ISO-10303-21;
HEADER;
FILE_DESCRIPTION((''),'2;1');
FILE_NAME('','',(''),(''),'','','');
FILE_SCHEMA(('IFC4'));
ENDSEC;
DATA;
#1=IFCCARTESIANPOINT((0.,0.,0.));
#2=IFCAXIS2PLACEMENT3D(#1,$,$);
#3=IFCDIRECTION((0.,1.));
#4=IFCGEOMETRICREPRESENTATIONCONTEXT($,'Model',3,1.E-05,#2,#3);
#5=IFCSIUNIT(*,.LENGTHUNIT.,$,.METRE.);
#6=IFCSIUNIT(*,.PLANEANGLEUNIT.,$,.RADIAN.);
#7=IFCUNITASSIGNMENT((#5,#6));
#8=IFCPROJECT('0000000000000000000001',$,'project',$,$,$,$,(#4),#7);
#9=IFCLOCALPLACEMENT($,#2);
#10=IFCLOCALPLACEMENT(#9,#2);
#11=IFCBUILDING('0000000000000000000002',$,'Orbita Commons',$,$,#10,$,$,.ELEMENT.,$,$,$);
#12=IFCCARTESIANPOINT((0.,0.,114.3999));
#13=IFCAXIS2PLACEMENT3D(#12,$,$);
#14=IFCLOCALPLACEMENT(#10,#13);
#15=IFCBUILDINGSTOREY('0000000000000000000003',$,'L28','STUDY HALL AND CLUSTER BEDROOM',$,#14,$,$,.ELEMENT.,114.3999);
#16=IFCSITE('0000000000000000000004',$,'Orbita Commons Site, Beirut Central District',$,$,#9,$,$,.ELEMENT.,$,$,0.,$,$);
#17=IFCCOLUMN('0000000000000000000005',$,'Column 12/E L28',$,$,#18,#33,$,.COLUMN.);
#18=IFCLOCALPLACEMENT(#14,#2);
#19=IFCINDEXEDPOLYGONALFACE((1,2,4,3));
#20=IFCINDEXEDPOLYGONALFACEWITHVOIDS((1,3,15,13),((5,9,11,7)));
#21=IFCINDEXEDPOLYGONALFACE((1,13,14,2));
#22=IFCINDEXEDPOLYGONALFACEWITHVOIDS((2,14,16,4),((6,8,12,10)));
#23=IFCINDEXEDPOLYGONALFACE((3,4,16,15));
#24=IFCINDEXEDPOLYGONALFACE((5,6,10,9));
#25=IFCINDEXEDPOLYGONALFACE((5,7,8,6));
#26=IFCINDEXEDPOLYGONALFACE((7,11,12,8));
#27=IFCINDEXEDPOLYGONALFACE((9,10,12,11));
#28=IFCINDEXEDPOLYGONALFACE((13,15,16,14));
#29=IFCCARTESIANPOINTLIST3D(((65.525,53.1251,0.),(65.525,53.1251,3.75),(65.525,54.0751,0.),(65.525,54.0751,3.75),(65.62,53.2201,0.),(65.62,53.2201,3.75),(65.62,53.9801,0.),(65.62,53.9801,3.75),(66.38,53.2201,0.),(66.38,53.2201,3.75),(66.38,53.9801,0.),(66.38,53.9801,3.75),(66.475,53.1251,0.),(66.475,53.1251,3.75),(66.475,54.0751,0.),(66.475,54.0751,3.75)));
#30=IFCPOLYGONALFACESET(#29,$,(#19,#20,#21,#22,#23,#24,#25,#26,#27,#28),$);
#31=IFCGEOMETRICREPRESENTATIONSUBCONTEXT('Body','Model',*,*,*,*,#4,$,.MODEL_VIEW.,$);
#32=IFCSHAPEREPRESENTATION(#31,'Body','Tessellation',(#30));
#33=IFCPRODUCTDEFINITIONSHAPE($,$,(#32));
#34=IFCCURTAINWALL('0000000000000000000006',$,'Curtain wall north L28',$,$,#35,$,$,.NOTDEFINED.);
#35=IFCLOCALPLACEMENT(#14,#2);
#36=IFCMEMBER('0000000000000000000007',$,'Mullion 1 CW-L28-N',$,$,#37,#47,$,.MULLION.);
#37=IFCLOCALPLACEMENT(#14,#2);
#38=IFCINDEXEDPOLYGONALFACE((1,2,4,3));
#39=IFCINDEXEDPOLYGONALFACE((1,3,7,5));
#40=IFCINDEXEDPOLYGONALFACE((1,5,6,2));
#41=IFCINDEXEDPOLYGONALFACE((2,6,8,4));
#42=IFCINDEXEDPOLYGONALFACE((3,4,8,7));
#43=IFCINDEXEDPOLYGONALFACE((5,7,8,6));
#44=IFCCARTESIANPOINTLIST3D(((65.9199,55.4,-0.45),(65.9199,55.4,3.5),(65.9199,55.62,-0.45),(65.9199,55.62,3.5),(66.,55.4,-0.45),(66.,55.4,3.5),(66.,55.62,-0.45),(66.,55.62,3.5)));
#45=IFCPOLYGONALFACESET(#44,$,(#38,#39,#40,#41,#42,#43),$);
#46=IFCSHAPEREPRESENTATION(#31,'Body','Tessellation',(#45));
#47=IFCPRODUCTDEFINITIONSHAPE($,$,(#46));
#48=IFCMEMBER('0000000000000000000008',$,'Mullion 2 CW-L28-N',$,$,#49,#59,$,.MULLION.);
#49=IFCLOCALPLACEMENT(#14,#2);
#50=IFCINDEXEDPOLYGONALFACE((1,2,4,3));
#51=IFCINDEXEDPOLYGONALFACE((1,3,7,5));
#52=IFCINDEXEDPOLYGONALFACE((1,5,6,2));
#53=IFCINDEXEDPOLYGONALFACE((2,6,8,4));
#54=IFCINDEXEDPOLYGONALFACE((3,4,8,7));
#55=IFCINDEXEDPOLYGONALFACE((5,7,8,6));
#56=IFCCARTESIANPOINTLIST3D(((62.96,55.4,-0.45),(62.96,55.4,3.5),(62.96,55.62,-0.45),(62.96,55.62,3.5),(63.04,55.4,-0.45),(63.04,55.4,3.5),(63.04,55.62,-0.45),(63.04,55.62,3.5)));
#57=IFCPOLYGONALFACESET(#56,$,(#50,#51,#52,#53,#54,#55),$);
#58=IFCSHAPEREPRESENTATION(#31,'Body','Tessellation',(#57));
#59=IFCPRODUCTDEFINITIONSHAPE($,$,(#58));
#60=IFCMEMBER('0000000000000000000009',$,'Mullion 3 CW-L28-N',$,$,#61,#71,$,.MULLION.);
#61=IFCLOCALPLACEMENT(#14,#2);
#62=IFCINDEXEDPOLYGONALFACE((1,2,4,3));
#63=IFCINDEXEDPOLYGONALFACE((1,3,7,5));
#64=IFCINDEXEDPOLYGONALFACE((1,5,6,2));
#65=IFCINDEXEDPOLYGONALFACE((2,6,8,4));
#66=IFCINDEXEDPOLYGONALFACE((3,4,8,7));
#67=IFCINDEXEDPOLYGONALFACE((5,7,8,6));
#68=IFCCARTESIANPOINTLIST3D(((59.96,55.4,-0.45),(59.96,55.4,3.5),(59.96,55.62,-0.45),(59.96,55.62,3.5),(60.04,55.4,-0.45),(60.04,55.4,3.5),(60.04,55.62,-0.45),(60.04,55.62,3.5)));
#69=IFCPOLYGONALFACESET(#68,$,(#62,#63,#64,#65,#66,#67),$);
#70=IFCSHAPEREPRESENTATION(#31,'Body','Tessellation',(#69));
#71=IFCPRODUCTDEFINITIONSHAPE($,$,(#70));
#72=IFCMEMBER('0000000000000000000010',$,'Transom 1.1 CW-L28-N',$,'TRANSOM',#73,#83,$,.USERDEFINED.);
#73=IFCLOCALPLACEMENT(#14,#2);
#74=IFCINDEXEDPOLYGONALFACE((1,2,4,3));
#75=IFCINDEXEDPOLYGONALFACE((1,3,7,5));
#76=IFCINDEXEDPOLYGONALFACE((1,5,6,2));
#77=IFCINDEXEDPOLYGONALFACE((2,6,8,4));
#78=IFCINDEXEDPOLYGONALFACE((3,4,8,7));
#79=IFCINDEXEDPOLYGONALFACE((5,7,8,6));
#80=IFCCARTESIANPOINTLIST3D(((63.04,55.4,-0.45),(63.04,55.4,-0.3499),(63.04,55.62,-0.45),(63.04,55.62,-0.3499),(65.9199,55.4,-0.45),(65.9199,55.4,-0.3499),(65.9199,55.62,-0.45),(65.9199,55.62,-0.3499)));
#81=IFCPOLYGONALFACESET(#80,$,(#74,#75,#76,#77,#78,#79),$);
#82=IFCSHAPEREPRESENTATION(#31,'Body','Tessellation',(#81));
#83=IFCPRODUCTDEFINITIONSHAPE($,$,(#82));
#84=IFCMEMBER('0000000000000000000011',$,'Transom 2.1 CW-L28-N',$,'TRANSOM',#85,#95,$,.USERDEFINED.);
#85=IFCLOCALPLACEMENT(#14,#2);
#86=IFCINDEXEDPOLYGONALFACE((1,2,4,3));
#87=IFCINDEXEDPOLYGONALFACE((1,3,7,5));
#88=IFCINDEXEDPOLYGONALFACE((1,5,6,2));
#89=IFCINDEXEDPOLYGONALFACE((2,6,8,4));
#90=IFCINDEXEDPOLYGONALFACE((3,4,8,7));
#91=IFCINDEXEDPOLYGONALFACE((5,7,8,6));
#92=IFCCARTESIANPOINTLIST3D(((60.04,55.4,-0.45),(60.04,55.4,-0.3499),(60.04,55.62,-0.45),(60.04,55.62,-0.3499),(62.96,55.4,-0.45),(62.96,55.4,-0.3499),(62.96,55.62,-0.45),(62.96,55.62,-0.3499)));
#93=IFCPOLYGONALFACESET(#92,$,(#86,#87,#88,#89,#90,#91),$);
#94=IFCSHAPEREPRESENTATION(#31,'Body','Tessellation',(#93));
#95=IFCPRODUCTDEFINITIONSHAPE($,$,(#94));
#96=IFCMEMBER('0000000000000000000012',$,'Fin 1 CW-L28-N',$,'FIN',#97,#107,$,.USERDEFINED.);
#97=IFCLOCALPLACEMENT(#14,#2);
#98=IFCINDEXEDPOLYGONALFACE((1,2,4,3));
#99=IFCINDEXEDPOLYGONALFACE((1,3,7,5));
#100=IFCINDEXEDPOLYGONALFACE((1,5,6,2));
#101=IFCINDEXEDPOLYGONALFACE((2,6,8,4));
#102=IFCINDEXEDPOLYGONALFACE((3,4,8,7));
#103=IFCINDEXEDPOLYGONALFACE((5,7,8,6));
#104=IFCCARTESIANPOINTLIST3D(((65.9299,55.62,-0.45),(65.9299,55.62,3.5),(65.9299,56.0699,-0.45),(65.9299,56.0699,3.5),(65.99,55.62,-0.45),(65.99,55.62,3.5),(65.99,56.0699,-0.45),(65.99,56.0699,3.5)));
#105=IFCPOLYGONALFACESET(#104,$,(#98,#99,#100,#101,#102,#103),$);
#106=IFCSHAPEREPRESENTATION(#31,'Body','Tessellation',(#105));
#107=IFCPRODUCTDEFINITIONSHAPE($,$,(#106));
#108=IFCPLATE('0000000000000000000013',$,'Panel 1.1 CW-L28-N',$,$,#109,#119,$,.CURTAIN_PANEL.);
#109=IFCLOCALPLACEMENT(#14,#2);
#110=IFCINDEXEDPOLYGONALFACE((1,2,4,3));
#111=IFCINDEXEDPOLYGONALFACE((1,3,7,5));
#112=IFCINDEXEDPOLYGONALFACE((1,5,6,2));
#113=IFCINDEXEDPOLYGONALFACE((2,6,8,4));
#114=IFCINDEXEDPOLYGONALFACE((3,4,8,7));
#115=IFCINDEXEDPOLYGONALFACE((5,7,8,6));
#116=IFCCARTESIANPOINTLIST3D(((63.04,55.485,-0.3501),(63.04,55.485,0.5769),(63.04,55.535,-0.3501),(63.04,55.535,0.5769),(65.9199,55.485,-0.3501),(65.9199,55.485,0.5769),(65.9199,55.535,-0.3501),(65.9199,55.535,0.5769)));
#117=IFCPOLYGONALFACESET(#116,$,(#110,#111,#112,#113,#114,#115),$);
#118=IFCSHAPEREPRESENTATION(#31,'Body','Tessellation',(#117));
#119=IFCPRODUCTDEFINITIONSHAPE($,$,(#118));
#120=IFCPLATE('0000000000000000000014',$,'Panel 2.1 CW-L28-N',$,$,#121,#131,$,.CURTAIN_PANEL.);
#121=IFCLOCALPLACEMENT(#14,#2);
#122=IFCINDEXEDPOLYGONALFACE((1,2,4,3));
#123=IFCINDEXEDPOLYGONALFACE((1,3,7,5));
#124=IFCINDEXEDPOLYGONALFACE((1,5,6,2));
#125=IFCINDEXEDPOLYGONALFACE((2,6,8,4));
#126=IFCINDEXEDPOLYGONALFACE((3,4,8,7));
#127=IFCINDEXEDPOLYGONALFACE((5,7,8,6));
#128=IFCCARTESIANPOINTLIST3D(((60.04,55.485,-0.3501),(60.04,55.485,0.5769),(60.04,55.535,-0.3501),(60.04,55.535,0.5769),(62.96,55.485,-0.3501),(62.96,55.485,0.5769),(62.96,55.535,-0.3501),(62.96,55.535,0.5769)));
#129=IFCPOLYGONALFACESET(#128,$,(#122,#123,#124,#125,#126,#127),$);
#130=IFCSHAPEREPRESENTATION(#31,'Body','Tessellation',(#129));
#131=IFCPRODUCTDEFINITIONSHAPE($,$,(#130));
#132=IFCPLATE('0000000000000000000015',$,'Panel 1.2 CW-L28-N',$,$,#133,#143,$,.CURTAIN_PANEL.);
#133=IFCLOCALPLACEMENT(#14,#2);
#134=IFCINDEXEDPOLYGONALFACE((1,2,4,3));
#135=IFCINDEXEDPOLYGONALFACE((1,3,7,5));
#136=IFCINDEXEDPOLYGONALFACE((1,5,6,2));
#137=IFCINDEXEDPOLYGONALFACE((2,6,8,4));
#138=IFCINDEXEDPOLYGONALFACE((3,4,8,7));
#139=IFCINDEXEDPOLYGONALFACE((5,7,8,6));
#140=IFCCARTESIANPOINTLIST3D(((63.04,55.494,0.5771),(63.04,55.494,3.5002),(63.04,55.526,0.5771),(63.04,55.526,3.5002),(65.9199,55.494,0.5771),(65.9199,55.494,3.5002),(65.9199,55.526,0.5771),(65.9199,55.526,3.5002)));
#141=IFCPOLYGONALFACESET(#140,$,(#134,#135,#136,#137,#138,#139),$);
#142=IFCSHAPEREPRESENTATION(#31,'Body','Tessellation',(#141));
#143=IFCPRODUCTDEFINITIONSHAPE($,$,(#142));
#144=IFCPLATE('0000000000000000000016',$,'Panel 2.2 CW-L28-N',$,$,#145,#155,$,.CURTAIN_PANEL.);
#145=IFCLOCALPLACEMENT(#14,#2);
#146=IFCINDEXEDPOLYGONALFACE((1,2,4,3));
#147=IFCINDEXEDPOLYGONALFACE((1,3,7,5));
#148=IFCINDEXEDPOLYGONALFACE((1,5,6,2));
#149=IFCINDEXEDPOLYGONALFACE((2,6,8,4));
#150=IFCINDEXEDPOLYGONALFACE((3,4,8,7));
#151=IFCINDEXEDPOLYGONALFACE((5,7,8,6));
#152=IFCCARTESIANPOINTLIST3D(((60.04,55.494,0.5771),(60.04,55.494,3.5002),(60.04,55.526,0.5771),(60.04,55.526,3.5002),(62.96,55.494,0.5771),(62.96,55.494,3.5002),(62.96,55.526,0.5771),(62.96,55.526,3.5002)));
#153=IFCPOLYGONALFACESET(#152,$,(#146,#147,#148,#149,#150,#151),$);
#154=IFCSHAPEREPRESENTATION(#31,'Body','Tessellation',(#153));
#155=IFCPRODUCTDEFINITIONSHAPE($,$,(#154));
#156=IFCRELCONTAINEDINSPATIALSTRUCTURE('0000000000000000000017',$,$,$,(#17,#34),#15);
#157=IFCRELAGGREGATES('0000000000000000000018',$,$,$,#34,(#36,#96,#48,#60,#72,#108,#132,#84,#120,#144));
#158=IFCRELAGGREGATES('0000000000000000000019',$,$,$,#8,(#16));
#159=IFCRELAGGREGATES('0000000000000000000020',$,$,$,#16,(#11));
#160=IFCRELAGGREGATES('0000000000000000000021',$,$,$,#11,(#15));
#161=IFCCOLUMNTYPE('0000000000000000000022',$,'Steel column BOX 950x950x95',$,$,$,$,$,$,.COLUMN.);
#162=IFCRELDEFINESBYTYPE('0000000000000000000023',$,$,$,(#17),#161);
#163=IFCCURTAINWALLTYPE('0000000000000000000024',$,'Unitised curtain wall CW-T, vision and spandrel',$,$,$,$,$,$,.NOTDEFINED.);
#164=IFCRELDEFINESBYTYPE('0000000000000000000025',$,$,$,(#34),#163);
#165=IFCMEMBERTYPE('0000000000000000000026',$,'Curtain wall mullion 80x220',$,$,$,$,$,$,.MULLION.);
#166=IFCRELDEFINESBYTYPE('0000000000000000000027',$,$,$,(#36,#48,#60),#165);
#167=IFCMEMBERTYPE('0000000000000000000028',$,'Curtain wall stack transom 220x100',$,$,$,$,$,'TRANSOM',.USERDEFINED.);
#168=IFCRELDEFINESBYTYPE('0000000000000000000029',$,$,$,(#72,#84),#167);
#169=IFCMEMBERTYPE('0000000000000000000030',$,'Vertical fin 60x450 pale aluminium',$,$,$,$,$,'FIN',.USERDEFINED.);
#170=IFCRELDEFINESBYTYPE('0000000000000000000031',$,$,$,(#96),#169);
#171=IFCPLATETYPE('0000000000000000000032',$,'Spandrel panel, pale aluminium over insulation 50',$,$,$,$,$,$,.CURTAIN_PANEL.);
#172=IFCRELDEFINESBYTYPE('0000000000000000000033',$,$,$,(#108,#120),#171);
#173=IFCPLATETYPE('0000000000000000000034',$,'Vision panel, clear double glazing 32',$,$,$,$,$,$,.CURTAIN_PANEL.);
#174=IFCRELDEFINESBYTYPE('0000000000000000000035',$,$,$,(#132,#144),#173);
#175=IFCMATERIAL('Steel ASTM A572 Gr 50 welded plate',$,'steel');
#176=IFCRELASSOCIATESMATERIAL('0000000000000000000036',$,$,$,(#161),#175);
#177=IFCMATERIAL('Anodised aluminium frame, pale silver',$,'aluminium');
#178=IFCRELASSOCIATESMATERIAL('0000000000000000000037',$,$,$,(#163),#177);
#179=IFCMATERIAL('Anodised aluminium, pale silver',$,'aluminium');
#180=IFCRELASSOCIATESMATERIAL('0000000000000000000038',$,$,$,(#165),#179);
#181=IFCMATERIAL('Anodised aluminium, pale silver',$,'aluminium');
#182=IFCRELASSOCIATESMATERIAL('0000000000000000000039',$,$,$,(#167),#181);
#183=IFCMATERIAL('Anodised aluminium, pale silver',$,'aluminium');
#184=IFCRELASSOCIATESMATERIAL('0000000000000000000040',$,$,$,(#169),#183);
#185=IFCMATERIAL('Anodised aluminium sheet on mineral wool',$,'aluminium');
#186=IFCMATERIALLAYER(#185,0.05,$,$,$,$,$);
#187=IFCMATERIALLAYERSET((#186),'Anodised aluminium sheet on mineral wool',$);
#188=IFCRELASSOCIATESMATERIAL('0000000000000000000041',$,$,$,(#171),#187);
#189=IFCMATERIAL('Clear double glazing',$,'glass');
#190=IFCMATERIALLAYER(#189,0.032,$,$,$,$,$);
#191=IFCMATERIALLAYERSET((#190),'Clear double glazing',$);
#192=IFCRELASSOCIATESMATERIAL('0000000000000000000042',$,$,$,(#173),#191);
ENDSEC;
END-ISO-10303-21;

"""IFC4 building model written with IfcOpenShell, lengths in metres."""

from ifc_helpers import new_model, si_unit, direction, frame, origin, origin_2d, place, context, subcontext, project, spatial, rectangle, hollow_rectangle, extrude, material, layer, layer_set, material_profile, profile_set, type_object, element, aggregate, save


model = new_model("IFC4")

# Units and contexts
model_context = context("Model", 3, precision=1e-05, world=origin(), true_north=direction((0.0, 1.0)))
body_context = subcontext(model_context, "Body", "Model", "MODEL_VIEW")
ifc_project = project(units=[si_unit("LENGTHUNIT", "METRE"), si_unit("PLANEANGLEUNIT", "RADIAN")], contexts=[model_context])

# Site, building, storey
site_placement = place(None, origin())
site = spatial("IfcSite", under=ifc_project, at=site_placement, Name="Orbita Commons Site, Beirut Central District", CompositionType="ELEMENT", RefElevation=0.0)
building_placement = place(site_placement, origin())
building = spatial("IfcBuilding", under=site, at=building_placement, Name="Orbita Commons", CompositionType="ELEMENT")
storey_placement = place(building_placement, frame((0.0, 0.0, 114.3999)))
storey = spatial("IfcBuildingStorey", under=building, at=storey_placement, Name="L28", Description="STUDY HALL AND CLUSTER BEDROOM", CompositionType="ELEMENT", Elevation=114.3999)

# Column
ifc_material_1 = material(Name="Steel ASTM A572 Gr 50 welded plate", Category="steel")
ifc_material_profile_1 = material_profile(ifc_material_1, hollow_rectangle(XDim=0.95, YDim=0.95, WallThickness=0.095, at=origin_2d()), Name="BOX 950x950x95")
ifc_profile_set_1 = profile_set([ifc_material_profile_1], Name="Steel ASTM A572 Gr 50 welded plate")
column_type = type_object("IfcColumnType", Name="Steel column BOX 950x950x95", PredefinedType="COLUMN", material=ifc_profile_set_1)
column_placement = place(storey_placement, frame((66.0, 53.6001, 0.0), z_axis=(0.0, 0.0, 1.0), x_axis=(1.0, 0.0, 0.0)))
element("IfcColumn", 1, at=column_placement, inside=storey, type_object=column_type, Name="Column 12/E L28", PredefinedType="COLUMN", context=body_context, shape_type="SweptSolid", body=[
    extrude(hollow_rectangle(XDim=0.95, YDim=0.95, WallThickness=0.095, at=origin_2d()), origin(), (0.0, 0.0, 1.0), 3.75),
])

# Curtain wall, members, plates
ifc_material_2 = material(Name="Anodised aluminium frame, pale silver", Category="aluminium")
curtain_wall_type = type_object("IfcCurtainWallType", Name="Unitised curtain wall CW-T, vision and spandrel", PredefinedType="NOTDEFINED", material=ifc_material_2)
curtain_wall_placement = place(storey_placement, origin())
curtain_wall = element("IfcCurtainWall", 2, at=curtain_wall_placement, inside=storey, type_object=curtain_wall_type, Name="Curtain wall north L28", PredefinedType="NOTDEFINED")
ifc_material_3 = material(Name="Anodised aluminium, pale silver", Category="aluminium")
ifc_material_profile_2 = material_profile(ifc_material_3, rectangle(XDim=0.0801, YDim=0.22, at=origin_2d()), Name="AL 80x220")
ifc_profile_set_2 = profile_set([ifc_material_profile_2], Name="Anodised aluminium, pale silver")
member_type_1 = type_object("IfcMemberType", Name="Curtain wall mullion 80x220", PredefinedType="MULLION", material=ifc_profile_set_2)
member_1_placement = place(storey_placement, frame((65.96, 55.51, -0.45), z_axis=(0.0, 0.0, 1.0), x_axis=(-1.0, 0.0, 0.0)))
member_1 = element("IfcMember", 3, at=member_1_placement, type_object=member_type_1, Name="Mullion 1 CW-L28-N", PredefinedType="MULLION", context=body_context, shape_type="SweptSolid", body=[
    extrude(rectangle(XDim=0.0801, YDim=0.22, at=origin_2d()), origin(), (0.0, 0.0, 1.0), 3.95),
])
member_2_placement = place(storey_placement, frame((63.0, 55.51, -0.45), z_axis=(0.0, 0.0, 1.0), x_axis=(-1.0, 0.0, 0.0)))
member_2 = element("IfcMember", 4, at=member_2_placement, type_object=member_type_1, Name="Mullion 2 CW-L28-N", PredefinedType="MULLION", context=body_context, shape_type="SweptSolid", body=[
    extrude(rectangle(XDim=0.0801, YDim=0.22, at=origin_2d()), origin(), (0.0, 0.0, 1.0), 3.95),
])
member_3_placement = place(storey_placement, frame((60.0, 55.51, -0.45), z_axis=(0.0, 0.0, 1.0), x_axis=(-1.0, 0.0, 0.0)))
member_3 = element("IfcMember", 5, at=member_3_placement, type_object=member_type_1, Name="Mullion 3 CW-L28-N", PredefinedType="MULLION", context=body_context, shape_type="SweptSolid", body=[
    extrude(rectangle(XDim=0.0801, YDim=0.22, at=origin_2d()), origin(), (0.0, 0.0, 1.0), 3.95),
])
ifc_material_4 = material(Name="Anodised aluminium, pale silver", Category="aluminium")
ifc_material_profile_3 = material_profile(ifc_material_4, rectangle(XDim=0.22, YDim=0.1001, at=origin_2d()), Name="AL 220x100")
ifc_profile_set_3 = profile_set([ifc_material_profile_3], Name="Anodised aluminium, pale silver")
member_type_2 = type_object("IfcMemberType", Name="Curtain wall stack transom 220x100", ElementType="TRANSOM", PredefinedType="USERDEFINED", material=ifc_profile_set_3)
member_4_placement = place(storey_placement, frame((65.9199, 55.51, -0.3999), z_axis=(-1.0, 0.0, 0.0), x_axis=(0.0, -1.0, 0.0)))
member_4 = element("IfcMember", 6, at=member_4_placement, type_object=member_type_2, Name="Transom 1.1 CW-L28-N", ObjectType="TRANSOM", PredefinedType="USERDEFINED", context=body_context, shape_type="SweptSolid", body=[
    extrude(rectangle(XDim=0.22, YDim=0.1001, at=origin_2d()), origin(), (0.0, 0.0, 1.0), 2.8799),
])
member_5_placement = place(storey_placement, frame((62.96, 55.51, -0.3999), z_axis=(-1.0, 0.0, 0.0), x_axis=(0.0, -1.0, 0.0)))
member_5 = element("IfcMember", 7, at=member_5_placement, type_object=member_type_2, Name="Transom 2.1 CW-L28-N", ObjectType="TRANSOM", PredefinedType="USERDEFINED", context=body_context, shape_type="SweptSolid", body=[
    extrude(rectangle(XDim=0.22, YDim=0.1001, at=origin_2d()), origin(), (0.0, 0.0, 1.0), 2.9199),
])
ifc_material_5 = material(Name="Anodised aluminium, pale silver", Category="aluminium")
ifc_material_profile_4 = material_profile(ifc_material_5, rectangle(XDim=0.0601, YDim=0.45, at=origin_2d()), Name="FIN 60x450")
ifc_profile_set_4 = profile_set([ifc_material_profile_4], Name="Anodised aluminium, pale silver")
member_type_3 = type_object("IfcMemberType", Name="Vertical fin 60x450 pale aluminium", ElementType="FIN", PredefinedType="USERDEFINED", material=ifc_profile_set_4)
member_6_placement = place(storey_placement, frame((65.96, 55.845, -0.45), z_axis=(0.0, 0.0, 1.0), x_axis=(-1.0, 0.0, 0.0)))
member_6 = element("IfcMember", 8, at=member_6_placement, type_object=member_type_3, Name="Fin 1 CW-L28-N", ObjectType="FIN", PredefinedType="USERDEFINED", context=body_context, shape_type="SweptSolid", body=[
    extrude(rectangle(XDim=0.0601, YDim=0.45, at=origin_2d()), origin(), (0.0, 0.0, 1.0), 3.95),
])
ifc_material_6 = material(Name="Anodised aluminium sheet on mineral wool", Category="aluminium")
ifc_layer_1 = layer(ifc_material_6, 0.05)
ifc_layer_set_1 = layer_set([ifc_layer_1], Name="Anodised aluminium sheet on mineral wool")
plate_type_1 = type_object("IfcPlateType", Name="Spandrel panel, pale aluminium over insulation 50", PredefinedType="CURTAIN_PANEL", material=ifc_layer_set_1)
plate_1_placement = place(storey_placement, frame((64.48, 55.51, -0.3501), z_axis=(0.0, 0.0, 1.0), x_axis=(-1.0, 0.0, 0.0)))
plate_1 = element("IfcPlate", 9, at=plate_1_placement, type_object=plate_type_1, Name="Panel 1.1 CW-L28-N", PredefinedType="CURTAIN_PANEL", context=body_context, shape_type="SweptSolid", body=[
    extrude(rectangle(XDim=2.8799, YDim=0.05, at=origin_2d()), origin(), (0.0, 0.0, 1.0), 0.927),
])
plate_2_placement = place(storey_placement, frame((61.5, 55.51, -0.3501), z_axis=(0.0, 0.0, 1.0), x_axis=(-1.0, 0.0, 0.0)))
plate_2 = element("IfcPlate", 10, at=plate_2_placement, type_object=plate_type_1, Name="Panel 2.1 CW-L28-N", PredefinedType="CURTAIN_PANEL", context=body_context, shape_type="SweptSolid", body=[
    extrude(rectangle(XDim=2.9199, YDim=0.05, at=origin_2d()), origin(), (0.0, 0.0, 1.0), 0.927),
])
ifc_material_7 = material(Name="Clear double glazing", Category="glass")
ifc_layer_2 = layer(ifc_material_7, 0.032)
ifc_layer_set_2 = layer_set([ifc_layer_2], Name="Clear double glazing")
plate_type_2 = type_object("IfcPlateType", Name="Vision panel, clear double glazing 32", PredefinedType="CURTAIN_PANEL", material=ifc_layer_set_2)
plate_3_placement = place(storey_placement, frame((64.48, 55.51, 0.5771), z_axis=(0.0, 0.0, 1.0), x_axis=(-1.0, 0.0, 0.0)))
plate_3 = element("IfcPlate", 11, at=plate_3_placement, type_object=plate_type_2, Name="Panel 1.2 CW-L28-N", PredefinedType="CURTAIN_PANEL", context=body_context, shape_type="SweptSolid", body=[
    extrude(rectangle(XDim=2.8799, YDim=0.032, at=origin_2d()), origin(), (0.0, 0.0, 1.0), 2.9231),
])
plate_4_placement = place(storey_placement, frame((61.5, 55.51, 0.5771), z_axis=(0.0, 0.0, 1.0), x_axis=(-1.0, 0.0, 0.0)))
plate_4 = element("IfcPlate", 12, at=plate_4_placement, type_object=plate_type_2, Name="Panel 2.2 CW-L28-N", PredefinedType="CURTAIN_PANEL", context=body_context, shape_type="SweptSolid", body=[
    extrude(rectangle(XDim=2.9199, YDim=0.032, at=origin_2d()), origin(), (0.0, 0.0, 1.0), 2.9231),
])
aggregate(curtain_wall, [member_1, member_6, member_2, member_3, member_4, plate_1, plate_3, member_5, plate_2, plate_4])

save(model, "model.ifc")
